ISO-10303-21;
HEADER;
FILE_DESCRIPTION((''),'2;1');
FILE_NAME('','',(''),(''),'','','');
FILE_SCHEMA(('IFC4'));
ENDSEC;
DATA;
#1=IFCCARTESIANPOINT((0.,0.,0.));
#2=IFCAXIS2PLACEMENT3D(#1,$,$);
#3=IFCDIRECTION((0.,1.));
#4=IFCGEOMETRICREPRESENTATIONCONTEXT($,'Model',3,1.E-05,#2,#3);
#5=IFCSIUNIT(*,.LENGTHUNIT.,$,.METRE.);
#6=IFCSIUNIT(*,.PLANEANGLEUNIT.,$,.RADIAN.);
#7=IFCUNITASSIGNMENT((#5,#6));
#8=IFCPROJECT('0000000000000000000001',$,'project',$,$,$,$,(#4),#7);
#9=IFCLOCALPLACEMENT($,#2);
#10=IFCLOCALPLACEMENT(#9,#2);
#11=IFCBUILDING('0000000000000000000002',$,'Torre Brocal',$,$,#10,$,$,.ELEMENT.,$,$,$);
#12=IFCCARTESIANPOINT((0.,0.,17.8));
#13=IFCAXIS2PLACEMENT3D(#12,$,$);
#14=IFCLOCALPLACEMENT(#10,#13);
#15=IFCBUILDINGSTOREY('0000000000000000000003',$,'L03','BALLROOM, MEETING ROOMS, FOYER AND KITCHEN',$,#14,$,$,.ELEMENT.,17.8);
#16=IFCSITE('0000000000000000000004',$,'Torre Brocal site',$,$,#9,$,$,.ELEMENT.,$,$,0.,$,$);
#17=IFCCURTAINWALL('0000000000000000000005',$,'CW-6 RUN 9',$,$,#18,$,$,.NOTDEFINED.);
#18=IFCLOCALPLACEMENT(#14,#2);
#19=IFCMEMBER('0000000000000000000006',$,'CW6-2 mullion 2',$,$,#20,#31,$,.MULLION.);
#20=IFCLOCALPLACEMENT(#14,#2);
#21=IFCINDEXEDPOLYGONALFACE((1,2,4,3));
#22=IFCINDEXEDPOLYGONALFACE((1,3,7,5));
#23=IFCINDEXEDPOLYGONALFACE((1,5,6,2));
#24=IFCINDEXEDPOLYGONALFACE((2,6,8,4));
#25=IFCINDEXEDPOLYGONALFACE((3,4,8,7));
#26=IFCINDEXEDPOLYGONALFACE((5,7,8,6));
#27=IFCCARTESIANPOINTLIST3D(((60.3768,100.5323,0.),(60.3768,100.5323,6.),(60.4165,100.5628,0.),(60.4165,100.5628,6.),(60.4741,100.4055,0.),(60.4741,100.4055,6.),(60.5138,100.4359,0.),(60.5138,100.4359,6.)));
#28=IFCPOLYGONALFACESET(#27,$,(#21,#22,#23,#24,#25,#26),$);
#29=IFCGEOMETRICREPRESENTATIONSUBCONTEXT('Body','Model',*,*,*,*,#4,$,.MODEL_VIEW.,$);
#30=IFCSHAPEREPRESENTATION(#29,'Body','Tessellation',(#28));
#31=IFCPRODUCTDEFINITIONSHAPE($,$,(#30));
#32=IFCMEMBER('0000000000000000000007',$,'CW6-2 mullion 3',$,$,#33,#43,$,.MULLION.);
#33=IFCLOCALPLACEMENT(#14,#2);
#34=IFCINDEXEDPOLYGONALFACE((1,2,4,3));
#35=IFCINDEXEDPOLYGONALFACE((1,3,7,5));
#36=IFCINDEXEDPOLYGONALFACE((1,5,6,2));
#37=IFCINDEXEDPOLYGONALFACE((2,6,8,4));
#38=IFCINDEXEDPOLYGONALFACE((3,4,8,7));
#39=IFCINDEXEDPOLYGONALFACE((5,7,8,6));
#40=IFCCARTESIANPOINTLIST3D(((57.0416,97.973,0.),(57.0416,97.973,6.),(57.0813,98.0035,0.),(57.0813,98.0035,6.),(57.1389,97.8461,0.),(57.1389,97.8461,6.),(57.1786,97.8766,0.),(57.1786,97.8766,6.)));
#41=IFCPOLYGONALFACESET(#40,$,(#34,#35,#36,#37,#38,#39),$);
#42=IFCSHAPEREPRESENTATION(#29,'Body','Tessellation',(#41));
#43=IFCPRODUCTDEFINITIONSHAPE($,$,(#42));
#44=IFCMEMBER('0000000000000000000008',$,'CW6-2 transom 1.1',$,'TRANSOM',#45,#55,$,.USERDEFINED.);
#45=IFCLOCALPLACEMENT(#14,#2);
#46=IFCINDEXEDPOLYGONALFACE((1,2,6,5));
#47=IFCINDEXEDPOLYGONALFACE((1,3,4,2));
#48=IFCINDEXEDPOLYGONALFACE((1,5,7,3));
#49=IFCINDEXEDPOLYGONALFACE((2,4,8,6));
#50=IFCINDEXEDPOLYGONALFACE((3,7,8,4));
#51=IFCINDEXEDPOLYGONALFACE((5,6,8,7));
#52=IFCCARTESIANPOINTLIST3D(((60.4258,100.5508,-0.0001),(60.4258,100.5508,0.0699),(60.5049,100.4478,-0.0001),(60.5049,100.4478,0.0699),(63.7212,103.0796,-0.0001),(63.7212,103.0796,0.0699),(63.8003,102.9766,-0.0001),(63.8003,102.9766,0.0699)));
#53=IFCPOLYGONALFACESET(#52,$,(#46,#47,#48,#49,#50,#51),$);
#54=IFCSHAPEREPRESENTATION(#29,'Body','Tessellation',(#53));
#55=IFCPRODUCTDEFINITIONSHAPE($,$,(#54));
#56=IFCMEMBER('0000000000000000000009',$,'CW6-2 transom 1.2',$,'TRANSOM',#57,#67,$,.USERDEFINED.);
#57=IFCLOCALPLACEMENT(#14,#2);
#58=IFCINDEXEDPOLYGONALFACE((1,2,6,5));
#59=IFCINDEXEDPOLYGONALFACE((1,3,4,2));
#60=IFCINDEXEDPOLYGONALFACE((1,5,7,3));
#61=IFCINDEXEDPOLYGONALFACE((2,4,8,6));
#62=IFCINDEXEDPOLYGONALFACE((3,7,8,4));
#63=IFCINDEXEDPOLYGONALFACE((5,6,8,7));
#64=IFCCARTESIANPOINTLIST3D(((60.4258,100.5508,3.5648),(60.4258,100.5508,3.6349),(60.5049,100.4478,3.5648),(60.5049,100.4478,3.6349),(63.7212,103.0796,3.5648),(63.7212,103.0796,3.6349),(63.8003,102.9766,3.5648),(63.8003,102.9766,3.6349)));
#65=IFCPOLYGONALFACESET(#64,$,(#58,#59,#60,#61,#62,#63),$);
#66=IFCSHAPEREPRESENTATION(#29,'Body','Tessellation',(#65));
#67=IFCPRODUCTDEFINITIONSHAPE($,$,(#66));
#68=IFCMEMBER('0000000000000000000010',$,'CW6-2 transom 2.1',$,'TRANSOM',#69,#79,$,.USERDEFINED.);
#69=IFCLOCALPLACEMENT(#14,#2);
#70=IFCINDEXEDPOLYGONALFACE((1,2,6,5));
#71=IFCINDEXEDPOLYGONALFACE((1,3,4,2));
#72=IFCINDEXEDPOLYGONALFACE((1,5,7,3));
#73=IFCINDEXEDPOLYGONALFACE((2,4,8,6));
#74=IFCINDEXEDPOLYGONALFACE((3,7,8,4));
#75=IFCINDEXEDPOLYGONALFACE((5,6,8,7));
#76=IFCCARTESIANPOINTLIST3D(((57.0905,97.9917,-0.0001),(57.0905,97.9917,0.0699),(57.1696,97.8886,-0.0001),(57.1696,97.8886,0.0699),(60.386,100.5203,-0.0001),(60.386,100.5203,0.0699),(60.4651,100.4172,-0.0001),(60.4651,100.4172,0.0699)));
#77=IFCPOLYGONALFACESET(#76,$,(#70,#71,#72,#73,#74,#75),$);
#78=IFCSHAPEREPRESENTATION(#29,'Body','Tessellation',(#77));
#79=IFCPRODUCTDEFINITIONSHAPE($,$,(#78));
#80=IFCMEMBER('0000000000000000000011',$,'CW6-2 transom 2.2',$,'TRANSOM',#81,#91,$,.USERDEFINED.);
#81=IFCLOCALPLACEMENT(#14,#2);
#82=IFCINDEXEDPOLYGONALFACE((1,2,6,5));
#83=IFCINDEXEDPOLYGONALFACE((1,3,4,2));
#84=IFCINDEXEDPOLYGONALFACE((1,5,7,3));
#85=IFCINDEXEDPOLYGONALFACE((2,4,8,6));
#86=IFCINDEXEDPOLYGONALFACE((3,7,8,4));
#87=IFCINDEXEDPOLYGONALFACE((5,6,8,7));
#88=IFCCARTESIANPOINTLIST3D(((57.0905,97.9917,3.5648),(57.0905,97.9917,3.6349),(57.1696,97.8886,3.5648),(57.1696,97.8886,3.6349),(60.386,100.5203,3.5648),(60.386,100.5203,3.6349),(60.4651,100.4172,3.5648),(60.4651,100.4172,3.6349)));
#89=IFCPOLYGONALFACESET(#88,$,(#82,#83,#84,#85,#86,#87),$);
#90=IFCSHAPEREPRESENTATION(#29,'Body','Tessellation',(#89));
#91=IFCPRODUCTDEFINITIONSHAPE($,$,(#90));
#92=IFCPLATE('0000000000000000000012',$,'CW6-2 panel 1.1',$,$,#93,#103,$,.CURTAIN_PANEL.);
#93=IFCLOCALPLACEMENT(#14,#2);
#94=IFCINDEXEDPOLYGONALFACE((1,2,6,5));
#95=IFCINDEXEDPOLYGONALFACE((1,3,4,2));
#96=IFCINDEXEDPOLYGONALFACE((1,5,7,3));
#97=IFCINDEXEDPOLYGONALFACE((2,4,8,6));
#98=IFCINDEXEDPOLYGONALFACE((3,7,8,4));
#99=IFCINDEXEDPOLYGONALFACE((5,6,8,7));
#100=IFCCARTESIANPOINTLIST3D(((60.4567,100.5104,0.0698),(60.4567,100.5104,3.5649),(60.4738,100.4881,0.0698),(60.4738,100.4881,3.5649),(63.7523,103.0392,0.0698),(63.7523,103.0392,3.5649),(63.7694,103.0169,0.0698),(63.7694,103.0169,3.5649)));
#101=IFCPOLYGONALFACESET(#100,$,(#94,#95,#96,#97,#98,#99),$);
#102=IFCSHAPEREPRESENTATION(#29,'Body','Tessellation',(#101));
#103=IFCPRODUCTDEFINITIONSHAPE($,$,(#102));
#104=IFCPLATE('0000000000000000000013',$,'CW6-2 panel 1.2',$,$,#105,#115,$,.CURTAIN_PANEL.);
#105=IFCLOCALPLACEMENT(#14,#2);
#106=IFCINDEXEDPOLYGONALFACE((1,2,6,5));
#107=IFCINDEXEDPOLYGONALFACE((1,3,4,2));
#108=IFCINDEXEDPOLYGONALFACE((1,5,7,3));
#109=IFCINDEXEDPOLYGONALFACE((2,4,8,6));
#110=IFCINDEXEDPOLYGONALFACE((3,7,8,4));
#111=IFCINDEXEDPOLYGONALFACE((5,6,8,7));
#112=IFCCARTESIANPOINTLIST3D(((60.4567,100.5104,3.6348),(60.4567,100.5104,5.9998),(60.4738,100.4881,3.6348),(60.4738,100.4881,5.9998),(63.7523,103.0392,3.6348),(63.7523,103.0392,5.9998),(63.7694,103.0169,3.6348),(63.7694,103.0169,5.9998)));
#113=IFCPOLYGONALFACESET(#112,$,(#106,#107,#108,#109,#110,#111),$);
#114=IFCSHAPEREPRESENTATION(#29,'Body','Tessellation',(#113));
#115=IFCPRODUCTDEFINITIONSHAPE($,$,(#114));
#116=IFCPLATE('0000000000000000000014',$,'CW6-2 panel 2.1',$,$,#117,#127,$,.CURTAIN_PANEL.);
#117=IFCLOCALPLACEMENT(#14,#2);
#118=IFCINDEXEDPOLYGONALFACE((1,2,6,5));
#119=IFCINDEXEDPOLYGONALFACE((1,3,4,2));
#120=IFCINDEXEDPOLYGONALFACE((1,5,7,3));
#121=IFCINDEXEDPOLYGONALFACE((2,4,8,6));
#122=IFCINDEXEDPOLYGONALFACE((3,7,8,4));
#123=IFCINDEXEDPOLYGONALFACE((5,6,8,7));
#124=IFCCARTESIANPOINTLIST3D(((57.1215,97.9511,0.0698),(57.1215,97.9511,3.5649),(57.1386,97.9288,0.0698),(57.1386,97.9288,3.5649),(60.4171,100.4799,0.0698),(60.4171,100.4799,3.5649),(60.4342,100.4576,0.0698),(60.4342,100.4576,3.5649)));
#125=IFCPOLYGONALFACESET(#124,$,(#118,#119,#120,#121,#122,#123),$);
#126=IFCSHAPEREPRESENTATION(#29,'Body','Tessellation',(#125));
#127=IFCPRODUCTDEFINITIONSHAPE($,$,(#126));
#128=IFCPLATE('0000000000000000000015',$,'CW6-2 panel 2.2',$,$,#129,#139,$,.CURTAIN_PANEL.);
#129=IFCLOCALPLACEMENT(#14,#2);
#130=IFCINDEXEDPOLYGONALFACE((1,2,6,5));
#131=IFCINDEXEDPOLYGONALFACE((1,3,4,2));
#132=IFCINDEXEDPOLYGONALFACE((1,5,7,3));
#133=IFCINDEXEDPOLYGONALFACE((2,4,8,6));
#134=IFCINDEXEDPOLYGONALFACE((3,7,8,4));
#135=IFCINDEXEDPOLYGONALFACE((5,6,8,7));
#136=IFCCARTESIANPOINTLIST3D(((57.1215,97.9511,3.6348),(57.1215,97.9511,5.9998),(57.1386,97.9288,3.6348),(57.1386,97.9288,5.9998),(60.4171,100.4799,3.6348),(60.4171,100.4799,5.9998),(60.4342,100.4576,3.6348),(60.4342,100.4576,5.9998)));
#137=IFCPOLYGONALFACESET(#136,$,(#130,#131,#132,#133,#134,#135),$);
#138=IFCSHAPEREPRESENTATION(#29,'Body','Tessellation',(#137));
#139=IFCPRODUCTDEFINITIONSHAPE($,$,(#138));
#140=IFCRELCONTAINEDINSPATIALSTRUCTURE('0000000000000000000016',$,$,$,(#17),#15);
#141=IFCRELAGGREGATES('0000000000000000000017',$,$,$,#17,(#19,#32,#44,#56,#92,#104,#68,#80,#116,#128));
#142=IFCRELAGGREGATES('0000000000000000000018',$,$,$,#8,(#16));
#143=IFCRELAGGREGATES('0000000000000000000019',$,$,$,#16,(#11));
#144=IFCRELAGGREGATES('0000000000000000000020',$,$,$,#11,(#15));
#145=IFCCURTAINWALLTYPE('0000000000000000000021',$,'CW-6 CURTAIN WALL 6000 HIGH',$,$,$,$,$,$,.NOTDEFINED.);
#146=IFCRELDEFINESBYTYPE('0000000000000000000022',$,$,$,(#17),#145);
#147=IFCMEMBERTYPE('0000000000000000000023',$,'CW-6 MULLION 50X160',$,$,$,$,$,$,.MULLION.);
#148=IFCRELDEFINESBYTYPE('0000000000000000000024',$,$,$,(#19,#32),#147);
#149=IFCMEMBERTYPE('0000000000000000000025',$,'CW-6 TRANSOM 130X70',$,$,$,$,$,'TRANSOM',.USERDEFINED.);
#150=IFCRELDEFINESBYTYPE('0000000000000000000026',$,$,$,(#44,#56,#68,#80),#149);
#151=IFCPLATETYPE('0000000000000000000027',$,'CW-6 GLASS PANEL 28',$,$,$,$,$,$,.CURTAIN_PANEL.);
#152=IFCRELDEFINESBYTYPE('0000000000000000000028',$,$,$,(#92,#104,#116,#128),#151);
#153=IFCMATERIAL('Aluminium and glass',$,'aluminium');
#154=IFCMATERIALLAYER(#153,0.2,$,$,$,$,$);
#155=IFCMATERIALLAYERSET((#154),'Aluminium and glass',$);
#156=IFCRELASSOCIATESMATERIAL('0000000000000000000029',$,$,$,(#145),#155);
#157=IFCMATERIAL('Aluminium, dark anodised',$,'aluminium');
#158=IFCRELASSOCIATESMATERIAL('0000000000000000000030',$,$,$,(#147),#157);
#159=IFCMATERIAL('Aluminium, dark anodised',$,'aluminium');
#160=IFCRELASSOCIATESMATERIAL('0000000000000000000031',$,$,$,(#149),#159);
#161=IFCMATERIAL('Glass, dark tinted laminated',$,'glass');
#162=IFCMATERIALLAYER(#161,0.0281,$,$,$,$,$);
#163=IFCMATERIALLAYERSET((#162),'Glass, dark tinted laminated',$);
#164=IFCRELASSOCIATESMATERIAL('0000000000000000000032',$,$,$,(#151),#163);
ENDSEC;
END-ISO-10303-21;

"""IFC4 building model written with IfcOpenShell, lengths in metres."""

from ifc_helpers import new_model, si_unit, direction, frame, origin, origin_2d, place, context, subcontext, project, spatial, rectangle, extrude, material, layer, layer_set, material_profile, profile_set, type_object, element, aggregate, save


model = new_model("IFC4")

# Units and contexts
model_context = context("Model", 3, precision=1e-05, world=origin(), true_north=direction((0.0, 1.0)))
body_context = subcontext(model_context, "Body", "Model", "MODEL_VIEW")
ifc_project = project(units=[si_unit("LENGTHUNIT", "METRE"), si_unit("PLANEANGLEUNIT", "RADIAN")], contexts=[model_context])

# Site, building, storey
site_placement = place(None, origin())
site = spatial("IfcSite", under=ifc_project, at=site_placement, Name="Torre Brocal site", CompositionType="ELEMENT", RefElevation=0.0)
building_placement = place(site_placement, origin())
building = spatial("IfcBuilding", under=site, at=building_placement, Name="Torre Brocal", CompositionType="ELEMENT")
storey_placement = place(building_placement, frame((0.0, 0.0, 17.8)))
storey = spatial("IfcBuildingStorey", under=building, at=storey_placement, Name="L03", Description="BALLROOM, MEETING ROOMS, FOYER AND KITCHEN", CompositionType="ELEMENT", Elevation=17.8)

# Curtain wall, members, plates
ifc_material_1 = material(Name="Aluminium and glass", Category="aluminium")
ifc_layer_1 = layer(ifc_material_1, 0.2)
ifc_layer_set_1 = layer_set([ifc_layer_1], Name="Aluminium and glass")
curtain_wall_type = type_object("IfcCurtainWallType", Name="CW-6 CURTAIN WALL 6000 HIGH", PredefinedType="NOTDEFINED", material=ifc_layer_set_1)
curtain_wall_placement = place(storey_placement, origin())
curtain_wall = element("IfcCurtainWall", 1, at=curtain_wall_placement, inside=storey, type_object=curtain_wall_type, Name="CW-6 RUN 9", PredefinedType="NOTDEFINED")
ifc_material_2 = material(Name="Aluminium, dark anodised", Category="aluminium")
ifc_material_profile_1 = material_profile(ifc_material_2, rectangle(XDim=0.1599, YDim=0.05, at=origin_2d()), Name="CW-6 MULLION 50X160")
ifc_profile_set_1 = profile_set([ifc_material_profile_1], Name="Aluminium, dark anodised")
member_type_1 = type_object("IfcMemberType", Name="CW-6 MULLION 50X160", PredefinedType="MULLION", material=ifc_profile_set_1)
member_1_placement = place(storey_placement, frame((60.4453, 100.4841, 0.0), z_axis=(0.0, 0.0, 1.0), x_axis=(0.608761, -0.793353, 0.0)))
member_1 = element("IfcMember", 2, at=member_1_placement, type_object=member_type_1, Name="CW6-2 mullion 2", PredefinedType="MULLION", context=body_context, shape_type="SweptSolid", body=[
    extrude(rectangle(XDim=0.1599, YDim=0.05, at=origin_2d()), origin(), (0.0, 0.0, 1.0), 6.0),
])
member_2_placement = place(storey_placement, frame((57.1101, 97.9248, 0.0), z_axis=(0.0, 0.0, 1.0), x_axis=(0.608761, -0.793353, 0.0)))
member_2 = element("IfcMember", 3, at=member_2_placement, type_object=member_type_1, Name="CW6-2 mullion 3", PredefinedType="MULLION", context=body_context, shape_type="SweptSolid", body=[
    extrude(rectangle(XDim=0.1599, YDim=0.05, at=origin_2d()), origin(), (0.0, 0.0, 1.0), 6.0),
])
ifc_material_3 = material(Name="Aluminium, dark anodised", Category="aluminium")
ifc_material_profile_2 = material_profile(ifc_material_3, rectangle(XDim=0.1299, YDim=0.0701, at=origin_2d()), Name="CW-6 TRANSOM 130X70")
ifc_profile_set_2 = profile_set([ifc_material_profile_2], Name="Aluminium, dark anodised")
member_type_2 = type_object("IfcMemberType", Name="CW-6 TRANSOM 130X70", ElementType="TRANSOM", PredefinedType="USERDEFINED", material=ifc_profile_set_2)
member_3_placement = place(storey_placement, frame((63.7607, 103.0281, 0.0349), z_axis=(-0.793336, -0.608784, 0.0), x_axis=(0.608784, -0.793336, 0.0)))
member_3 = element("IfcMember", 4, at=member_3_placement, type_object=member_type_2, Name="CW6-2 transom 1.1", ObjectType="TRANSOM", PredefinedType="USERDEFINED", context=body_context, shape_type="SweptSolid", body=[
    extrude(rectangle(XDim=0.1299, YDim=0.0701, at=origin_2d()), origin(), (0.0, 0.0, 1.0), 4.1538),
])
member_4_placement = place(storey_placement, frame((63.7607, 103.0281, 3.5999), z_axis=(-0.793336, -0.608784, 0.0), x_axis=(0.608784, -0.793336, 0.0)))
member_4 = element("IfcMember", 5, at=member_4_placement, type_object=member_type_2, Name="CW6-2 transom 1.2", ObjectType="TRANSOM", PredefinedType="USERDEFINED", context=body_context, shape_type="SweptSolid", body=[
    extrude(rectangle(XDim=0.1299, YDim=0.0701, at=origin_2d()), origin(), (0.0, 0.0, 1.0), 4.1538),
])
member_5_placement = place(storey_placement, frame((60.4255, 100.4688, 0.0349), z_axis=(-0.793364, -0.608747, 0.0), x_axis=(0.608747, -0.793364, 0.0)))
member_5 = element("IfcMember", 6, at=member_5_placement, type_object=member_type_2, Name="CW6-2 transom 2.1", ObjectType="TRANSOM", PredefinedType="USERDEFINED", context=body_context, shape_type="SweptSolid", body=[
    extrude(rectangle(XDim=0.1299, YDim=0.0701, at=origin_2d()), origin(), (0.0, 0.0, 1.0), 4.1538),
])
member_6_placement = place(storey_placement, frame((60.4255, 100.4688, 3.5999), z_axis=(-0.793364, -0.608747, 0.0), x_axis=(0.608747, -0.793364, 0.0)))
member_6 = element("IfcMember", 7, at=member_6_placement, type_object=member_type_2, Name="CW6-2 transom 2.2", ObjectType="TRANSOM", PredefinedType="USERDEFINED", context=body_context, shape_type="SweptSolid", body=[
    extrude(rectangle(XDim=0.1299, YDim=0.0701, at=origin_2d()), origin(), (0.0, 0.0, 1.0), 4.1538),
])
ifc_material_4 = material(Name="Glass, dark tinted laminated", Category="glass")
ifc_layer_2 = layer(ifc_material_4, 0.0281)
ifc_layer_set_2 = layer_set([ifc_layer_2], Name="Glass, dark tinted laminated")
plate_type = type_object("IfcPlateType", Name="CW-6 GLASS PANEL 28", PredefinedType="CURTAIN_PANEL", material=ifc_layer_set_2)
plate_1_placement = place(storey_placement, frame((62.113, 101.7637, 0.0698), z_axis=(0.0, 0.0, 1.0), x_axis=(-0.793353, -0.608761, 0.0)))
plate_1 = element("IfcPlate", 8, at=plate_1_placement, type_object=plate_type, Name="CW6-2 panel 1.1", PredefinedType="CURTAIN_PANEL", context=body_context, shape_type="SweptSolid", body=[
    extrude(rectangle(XDim=4.1541, YDim=0.0281, at=origin_2d()), origin(), (0.0, 0.0, 1.0), 3.4951),
])
plate_2_placement = place(storey_placement, frame((62.113, 101.7637, 3.6348), z_axis=(0.0, 0.0, 1.0), x_axis=(-0.793353, -0.608761, 0.0)))
plate_2 = element("IfcPlate", 9, at=plate_2_placement, type_object=plate_type, Name="CW6-2 panel 1.2", PredefinedType="CURTAIN_PANEL", context=body_context, shape_type="SweptSolid", body=[
    extrude(rectangle(XDim=4.1541, YDim=0.0281, at=origin_2d()), origin(), (0.0, 0.0, 1.0), 2.365),
])
plate_3_placement = place(storey_placement, frame((58.7778, 99.2043, 0.0698), z_axis=(0.0, 0.0, 1.0), x_axis=(-0.793353, -0.608761, 0.0)))
plate_3 = element("IfcPlate", 10, at=plate_3_placement, type_object=plate_type, Name="CW6-2 panel 2.1", PredefinedType="CURTAIN_PANEL", context=body_context, shape_type="SweptSolid", body=[
    extrude(rectangle(XDim=4.1541, YDim=0.0281, at=origin_2d()), origin(), (0.0, 0.0, 1.0), 3.4951),
])
plate_4_placement = place(storey_placement, frame((58.7778, 99.2043, 3.6348), z_axis=(0.0, 0.0, 1.0), x_axis=(-0.793353, -0.608761, 0.0)))
plate_4 = element("IfcPlate", 11, at=plate_4_placement, type_object=plate_type, Name="CW6-2 panel 2.2", PredefinedType="CURTAIN_PANEL", context=body_context, shape_type="SweptSolid", body=[
    extrude(rectangle(XDim=4.1541, YDim=0.0281, at=origin_2d()), origin(), (0.0, 0.0, 1.0), 2.365),
])
aggregate(curtain_wall, [member_1, member_2, member_3, member_4, plate_1, plate_2, member_5, member_6, plate_3, plate_4])

save(model, "model.ifc")
